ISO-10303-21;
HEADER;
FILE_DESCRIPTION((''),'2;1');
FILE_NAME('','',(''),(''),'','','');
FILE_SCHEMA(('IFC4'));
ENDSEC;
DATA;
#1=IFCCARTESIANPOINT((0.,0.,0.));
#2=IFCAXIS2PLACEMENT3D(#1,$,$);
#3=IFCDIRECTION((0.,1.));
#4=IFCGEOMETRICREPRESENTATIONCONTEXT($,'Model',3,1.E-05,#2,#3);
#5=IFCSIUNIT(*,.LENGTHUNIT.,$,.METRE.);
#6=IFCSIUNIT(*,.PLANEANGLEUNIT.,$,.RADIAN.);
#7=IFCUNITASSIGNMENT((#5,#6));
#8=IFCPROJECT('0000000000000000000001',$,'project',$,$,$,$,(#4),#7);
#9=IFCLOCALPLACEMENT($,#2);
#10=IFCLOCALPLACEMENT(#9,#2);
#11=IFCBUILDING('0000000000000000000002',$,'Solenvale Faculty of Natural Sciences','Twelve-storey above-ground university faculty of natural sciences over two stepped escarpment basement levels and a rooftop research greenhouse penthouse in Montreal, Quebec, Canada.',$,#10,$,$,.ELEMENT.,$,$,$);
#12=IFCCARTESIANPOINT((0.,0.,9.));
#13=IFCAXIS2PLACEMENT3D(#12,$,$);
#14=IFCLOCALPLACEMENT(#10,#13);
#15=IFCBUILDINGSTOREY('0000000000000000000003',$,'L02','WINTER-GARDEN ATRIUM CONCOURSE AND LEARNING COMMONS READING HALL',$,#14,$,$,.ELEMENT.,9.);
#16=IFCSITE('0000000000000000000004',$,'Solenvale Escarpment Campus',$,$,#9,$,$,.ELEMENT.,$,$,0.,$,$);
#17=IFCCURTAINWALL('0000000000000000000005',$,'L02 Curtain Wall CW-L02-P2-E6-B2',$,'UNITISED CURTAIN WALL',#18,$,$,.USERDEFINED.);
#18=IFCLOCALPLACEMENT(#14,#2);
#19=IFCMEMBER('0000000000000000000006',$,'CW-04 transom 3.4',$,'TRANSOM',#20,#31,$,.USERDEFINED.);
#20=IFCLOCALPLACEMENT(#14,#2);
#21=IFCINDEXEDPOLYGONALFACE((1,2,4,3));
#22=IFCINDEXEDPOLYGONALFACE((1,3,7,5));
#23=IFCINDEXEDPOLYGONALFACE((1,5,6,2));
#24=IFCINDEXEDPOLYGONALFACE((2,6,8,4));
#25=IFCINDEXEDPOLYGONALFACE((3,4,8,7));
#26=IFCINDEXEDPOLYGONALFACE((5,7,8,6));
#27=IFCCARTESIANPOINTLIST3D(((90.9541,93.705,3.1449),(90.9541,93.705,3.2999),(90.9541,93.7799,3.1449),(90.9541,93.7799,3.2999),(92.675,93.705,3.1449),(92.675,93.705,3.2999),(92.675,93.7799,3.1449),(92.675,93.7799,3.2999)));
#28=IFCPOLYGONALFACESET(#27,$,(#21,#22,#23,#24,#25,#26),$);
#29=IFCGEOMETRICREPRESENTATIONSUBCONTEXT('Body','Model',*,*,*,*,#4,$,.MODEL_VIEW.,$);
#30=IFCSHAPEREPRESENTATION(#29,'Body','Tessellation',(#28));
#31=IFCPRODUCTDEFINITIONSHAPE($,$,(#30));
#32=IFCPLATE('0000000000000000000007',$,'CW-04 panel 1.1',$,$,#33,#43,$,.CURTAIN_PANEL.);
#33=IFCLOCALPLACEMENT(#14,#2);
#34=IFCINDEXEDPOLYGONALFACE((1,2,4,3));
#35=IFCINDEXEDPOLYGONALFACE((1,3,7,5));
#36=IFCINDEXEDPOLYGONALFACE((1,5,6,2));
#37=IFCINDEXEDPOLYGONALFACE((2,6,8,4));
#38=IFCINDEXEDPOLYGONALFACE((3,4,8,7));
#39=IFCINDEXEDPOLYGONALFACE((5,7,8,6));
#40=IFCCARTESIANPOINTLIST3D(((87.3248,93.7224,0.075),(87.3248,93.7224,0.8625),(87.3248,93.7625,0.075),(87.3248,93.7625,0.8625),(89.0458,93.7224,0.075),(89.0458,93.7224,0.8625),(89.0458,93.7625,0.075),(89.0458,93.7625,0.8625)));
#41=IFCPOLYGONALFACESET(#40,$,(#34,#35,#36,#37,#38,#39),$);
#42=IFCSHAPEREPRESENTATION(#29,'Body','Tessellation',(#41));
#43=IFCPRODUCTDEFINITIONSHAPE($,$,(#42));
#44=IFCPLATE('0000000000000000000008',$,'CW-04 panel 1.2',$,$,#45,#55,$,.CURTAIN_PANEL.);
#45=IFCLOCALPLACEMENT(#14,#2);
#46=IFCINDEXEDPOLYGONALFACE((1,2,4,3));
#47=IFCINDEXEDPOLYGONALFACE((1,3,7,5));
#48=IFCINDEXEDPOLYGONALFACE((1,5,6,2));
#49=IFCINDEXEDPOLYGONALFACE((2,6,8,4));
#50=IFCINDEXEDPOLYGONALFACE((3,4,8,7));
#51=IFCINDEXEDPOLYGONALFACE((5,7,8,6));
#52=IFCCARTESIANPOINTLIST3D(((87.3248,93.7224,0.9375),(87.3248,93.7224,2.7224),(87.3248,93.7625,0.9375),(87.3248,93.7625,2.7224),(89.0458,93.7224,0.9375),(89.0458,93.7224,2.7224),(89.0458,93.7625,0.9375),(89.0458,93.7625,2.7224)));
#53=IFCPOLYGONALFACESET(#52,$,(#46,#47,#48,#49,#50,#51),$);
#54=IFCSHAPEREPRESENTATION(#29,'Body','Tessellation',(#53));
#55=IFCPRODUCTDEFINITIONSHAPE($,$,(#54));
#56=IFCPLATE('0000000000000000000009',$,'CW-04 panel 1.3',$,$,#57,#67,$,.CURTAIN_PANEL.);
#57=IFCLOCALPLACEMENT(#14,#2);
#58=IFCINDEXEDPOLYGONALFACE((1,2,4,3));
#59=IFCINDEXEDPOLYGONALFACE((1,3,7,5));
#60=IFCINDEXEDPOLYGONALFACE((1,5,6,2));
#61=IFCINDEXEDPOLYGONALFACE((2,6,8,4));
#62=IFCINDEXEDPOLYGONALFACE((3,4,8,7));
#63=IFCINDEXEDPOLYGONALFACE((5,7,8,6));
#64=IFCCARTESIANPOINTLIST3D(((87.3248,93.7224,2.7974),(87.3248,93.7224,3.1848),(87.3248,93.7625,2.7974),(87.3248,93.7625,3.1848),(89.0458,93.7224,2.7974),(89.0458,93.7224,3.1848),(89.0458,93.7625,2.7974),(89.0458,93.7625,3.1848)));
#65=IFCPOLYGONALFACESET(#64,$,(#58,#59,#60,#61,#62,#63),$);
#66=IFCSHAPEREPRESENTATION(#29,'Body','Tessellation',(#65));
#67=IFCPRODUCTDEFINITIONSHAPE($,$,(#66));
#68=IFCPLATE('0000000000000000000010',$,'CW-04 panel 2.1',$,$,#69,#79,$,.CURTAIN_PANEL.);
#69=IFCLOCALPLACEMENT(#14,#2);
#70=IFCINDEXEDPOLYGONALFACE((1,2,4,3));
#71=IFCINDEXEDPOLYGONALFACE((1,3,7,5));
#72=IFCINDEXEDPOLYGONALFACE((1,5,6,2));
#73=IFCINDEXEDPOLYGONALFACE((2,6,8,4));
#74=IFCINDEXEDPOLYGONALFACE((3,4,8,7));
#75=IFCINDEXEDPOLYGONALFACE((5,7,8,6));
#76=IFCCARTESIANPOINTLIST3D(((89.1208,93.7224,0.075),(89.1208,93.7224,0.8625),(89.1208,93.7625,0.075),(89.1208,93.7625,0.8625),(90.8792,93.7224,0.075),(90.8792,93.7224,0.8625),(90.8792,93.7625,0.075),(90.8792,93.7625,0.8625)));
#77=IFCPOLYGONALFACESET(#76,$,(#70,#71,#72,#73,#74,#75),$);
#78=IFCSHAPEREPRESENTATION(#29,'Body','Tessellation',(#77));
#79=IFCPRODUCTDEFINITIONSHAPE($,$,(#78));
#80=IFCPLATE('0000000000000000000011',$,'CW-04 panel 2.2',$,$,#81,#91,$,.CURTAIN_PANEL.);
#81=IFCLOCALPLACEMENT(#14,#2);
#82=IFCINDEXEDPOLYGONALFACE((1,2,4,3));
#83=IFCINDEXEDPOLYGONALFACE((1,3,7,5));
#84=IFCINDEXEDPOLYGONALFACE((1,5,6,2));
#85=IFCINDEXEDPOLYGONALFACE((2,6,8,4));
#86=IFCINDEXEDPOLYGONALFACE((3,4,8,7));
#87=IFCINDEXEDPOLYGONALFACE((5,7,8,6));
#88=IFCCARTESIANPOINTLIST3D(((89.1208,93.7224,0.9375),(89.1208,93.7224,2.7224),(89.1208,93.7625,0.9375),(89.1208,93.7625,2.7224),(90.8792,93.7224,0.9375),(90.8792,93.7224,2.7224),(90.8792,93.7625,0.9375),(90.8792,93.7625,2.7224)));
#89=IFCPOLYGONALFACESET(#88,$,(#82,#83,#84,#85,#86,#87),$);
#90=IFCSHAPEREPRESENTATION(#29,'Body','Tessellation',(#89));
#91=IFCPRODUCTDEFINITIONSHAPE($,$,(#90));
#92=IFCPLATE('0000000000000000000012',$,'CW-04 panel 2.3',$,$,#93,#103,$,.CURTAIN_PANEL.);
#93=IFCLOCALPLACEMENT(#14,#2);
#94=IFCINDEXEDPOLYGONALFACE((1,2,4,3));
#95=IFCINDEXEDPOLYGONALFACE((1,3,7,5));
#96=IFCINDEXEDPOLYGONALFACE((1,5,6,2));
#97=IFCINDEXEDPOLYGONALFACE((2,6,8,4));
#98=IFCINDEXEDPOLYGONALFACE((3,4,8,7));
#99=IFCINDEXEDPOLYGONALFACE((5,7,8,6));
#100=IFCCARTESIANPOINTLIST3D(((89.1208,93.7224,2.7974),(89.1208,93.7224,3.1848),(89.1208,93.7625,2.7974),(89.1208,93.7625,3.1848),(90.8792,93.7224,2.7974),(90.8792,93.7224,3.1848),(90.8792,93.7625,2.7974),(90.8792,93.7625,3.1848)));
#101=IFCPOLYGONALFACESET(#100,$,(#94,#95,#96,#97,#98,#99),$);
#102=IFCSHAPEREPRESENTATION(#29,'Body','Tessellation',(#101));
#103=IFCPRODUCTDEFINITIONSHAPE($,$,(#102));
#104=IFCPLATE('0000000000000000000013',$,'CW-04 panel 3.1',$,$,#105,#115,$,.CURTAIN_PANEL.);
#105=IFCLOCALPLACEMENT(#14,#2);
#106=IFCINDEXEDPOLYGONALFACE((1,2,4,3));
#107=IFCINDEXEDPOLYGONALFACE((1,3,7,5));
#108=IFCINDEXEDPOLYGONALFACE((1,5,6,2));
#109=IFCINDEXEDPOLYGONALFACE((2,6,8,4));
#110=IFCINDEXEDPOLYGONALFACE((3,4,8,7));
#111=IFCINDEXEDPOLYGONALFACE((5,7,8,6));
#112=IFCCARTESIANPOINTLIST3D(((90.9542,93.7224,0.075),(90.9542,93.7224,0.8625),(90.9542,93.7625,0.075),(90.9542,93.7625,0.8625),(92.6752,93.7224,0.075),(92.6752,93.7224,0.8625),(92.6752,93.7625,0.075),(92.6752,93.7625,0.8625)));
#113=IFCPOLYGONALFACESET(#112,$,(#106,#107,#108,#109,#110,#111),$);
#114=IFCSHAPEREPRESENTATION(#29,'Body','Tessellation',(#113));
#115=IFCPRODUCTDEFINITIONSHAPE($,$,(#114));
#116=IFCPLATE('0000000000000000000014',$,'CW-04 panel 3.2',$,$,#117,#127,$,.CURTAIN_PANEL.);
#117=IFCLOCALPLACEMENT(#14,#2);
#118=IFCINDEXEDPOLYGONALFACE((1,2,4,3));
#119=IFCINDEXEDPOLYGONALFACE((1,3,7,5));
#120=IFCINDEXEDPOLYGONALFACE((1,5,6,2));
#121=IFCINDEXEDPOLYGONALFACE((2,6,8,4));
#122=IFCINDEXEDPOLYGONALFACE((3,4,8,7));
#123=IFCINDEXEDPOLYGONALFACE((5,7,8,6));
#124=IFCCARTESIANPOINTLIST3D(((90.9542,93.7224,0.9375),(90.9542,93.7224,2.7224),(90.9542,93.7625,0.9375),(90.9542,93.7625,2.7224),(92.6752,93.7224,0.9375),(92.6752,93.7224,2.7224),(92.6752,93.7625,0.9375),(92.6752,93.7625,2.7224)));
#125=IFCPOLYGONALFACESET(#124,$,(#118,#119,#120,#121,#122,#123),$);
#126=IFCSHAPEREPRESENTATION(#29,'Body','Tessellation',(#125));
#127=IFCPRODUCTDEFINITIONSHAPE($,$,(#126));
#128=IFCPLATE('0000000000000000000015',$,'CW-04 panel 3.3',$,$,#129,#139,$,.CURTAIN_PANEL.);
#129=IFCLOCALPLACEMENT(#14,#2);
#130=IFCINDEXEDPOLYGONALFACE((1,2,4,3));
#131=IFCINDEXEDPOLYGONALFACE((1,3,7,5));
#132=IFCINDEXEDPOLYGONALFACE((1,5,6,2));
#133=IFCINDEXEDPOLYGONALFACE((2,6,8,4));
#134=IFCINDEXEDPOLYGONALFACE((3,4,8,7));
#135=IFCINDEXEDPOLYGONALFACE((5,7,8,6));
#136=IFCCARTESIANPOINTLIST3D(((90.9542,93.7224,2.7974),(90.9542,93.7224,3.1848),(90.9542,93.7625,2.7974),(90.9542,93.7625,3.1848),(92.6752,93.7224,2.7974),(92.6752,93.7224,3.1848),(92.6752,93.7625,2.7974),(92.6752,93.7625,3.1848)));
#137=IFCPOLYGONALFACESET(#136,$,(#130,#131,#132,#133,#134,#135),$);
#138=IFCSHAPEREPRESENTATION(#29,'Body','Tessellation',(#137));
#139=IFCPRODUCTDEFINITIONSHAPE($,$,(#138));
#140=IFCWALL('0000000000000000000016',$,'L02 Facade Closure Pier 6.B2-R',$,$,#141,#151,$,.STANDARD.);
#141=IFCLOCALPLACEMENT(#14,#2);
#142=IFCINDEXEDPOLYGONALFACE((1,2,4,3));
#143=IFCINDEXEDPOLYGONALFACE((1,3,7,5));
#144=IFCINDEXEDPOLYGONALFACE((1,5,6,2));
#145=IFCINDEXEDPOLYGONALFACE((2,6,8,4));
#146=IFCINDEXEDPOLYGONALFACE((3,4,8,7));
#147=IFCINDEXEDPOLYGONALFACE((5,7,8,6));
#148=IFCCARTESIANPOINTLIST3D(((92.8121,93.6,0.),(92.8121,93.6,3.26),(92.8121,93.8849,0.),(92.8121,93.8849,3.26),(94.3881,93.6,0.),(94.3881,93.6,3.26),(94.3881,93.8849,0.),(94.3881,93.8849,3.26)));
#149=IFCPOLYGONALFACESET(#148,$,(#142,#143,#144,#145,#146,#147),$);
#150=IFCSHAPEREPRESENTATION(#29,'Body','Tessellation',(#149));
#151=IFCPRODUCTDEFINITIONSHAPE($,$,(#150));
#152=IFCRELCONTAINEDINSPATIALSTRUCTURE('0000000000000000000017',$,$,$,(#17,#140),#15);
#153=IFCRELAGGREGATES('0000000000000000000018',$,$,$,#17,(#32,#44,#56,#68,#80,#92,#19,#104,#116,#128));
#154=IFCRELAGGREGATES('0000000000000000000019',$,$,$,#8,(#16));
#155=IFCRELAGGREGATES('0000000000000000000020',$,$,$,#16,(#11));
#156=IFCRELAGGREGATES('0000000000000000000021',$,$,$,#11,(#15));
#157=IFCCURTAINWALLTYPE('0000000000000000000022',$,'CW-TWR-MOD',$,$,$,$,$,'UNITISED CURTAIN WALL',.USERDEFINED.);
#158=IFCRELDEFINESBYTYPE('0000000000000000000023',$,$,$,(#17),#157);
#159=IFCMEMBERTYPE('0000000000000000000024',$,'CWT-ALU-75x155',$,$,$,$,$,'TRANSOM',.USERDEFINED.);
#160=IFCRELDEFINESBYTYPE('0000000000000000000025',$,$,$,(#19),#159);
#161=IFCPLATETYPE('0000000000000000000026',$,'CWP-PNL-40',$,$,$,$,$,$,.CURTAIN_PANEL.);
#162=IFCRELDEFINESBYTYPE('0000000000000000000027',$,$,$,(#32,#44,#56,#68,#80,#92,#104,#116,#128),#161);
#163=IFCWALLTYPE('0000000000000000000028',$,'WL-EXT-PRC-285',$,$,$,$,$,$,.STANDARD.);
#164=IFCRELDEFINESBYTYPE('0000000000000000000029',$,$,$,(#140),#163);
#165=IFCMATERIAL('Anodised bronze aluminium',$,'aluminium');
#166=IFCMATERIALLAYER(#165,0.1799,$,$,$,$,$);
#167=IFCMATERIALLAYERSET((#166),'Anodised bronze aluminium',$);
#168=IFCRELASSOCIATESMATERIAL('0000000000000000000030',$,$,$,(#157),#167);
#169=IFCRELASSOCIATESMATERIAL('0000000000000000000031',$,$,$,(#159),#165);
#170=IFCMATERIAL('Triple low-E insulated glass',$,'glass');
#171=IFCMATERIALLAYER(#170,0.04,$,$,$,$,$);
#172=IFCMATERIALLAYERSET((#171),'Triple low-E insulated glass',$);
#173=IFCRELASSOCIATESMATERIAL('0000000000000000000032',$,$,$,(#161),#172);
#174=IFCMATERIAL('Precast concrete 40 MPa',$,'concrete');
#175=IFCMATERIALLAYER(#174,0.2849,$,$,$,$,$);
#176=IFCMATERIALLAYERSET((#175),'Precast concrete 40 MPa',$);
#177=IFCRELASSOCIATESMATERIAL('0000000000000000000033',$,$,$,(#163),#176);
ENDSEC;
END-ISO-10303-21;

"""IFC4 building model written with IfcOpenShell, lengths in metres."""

from ifc_helpers import new_model, si_unit, direction, frame, frame_2d, origin, origin_2d, place, context, subcontext, project, spatial, rectangle, extrude, material, layer, layer_set, material_profile, profile_set, type_object, element, aggregate, save


model = new_model("IFC4")

# Units and contexts
model_context = context("Model", 3, precision=1e-05, world=origin(), true_north=direction((0.0, 1.0)))
body_context = subcontext(model_context, "Body", "Model", "MODEL_VIEW")
ifc_project = project(units=[si_unit("LENGTHUNIT", "METRE"), si_unit("PLANEANGLEUNIT", "RADIAN")], contexts=[model_context])

# Site, building, storey
site_placement = place(None, origin())
site = spatial("IfcSite", under=ifc_project, at=site_placement, Name="Solenvale Escarpment Campus", CompositionType="ELEMENT", RefElevation=0.0)
building_placement = place(site_placement, origin())
building = spatial("IfcBuilding", under=site, at=building_placement, Name="Solenvale Faculty of Natural Sciences", Description="Twelve-storey above-ground university faculty of natural sciences over two stepped escarpment basement levels and a rooftop research greenhouse penthouse in Montreal, Quebec, Canada.", CompositionType="ELEMENT")
storey_placement = place(building_placement, frame((0.0, 0.0, 9.0)))
storey = spatial("IfcBuildingStorey", under=building, at=storey_placement, Name="L02", Description="WINTER-GARDEN ATRIUM CONCOURSE AND LEARNING COMMONS READING HALL", CompositionType="ELEMENT", Elevation=9.0)

# Curtain wall, member, plates
ifc_material_1 = material(Name="Anodised bronze aluminium", Category="aluminium")
ifc_layer_1 = layer(ifc_material_1, 0.1799)
ifc_layer_set_1 = layer_set([ifc_layer_1], Name="Anodised bronze aluminium")
curtain_wall_type = type_object("IfcCurtainWallType", Name="CW-TWR-MOD", ElementType="UNITISED CURTAIN WALL", PredefinedType="USERDEFINED", material=ifc_layer_set_1)
curtain_wall_placement = place(storey_placement, origin())
curtain_wall = element("IfcCurtainWall", 1, at=curtain_wall_placement, inside=storey, type_object=curtain_wall_type, Name="L02 Curtain Wall CW-L02-P2-E6-B2", ObjectType="UNITISED CURTAIN WALL", PredefinedType="USERDEFINED")
ifc_material_profile_1 = material_profile(ifc_material_1, rectangle(XDim=0.075, YDim=0.155, at=origin_2d()), Name="ALU-TRN-75x155")
ifc_profile_set_1 = profile_set([ifc_material_profile_1], Name="Anodised bronze aluminium")
member_type_1 = type_object("IfcMemberType", Name="CWT-ALU-75x155", ElementType="TRANSOM", PredefinedType="USERDEFINED", material=ifc_profile_set_1)
member_1_placement = place(storey_placement, frame((90.9541, 93.7424, 3.2224), z_axis=(1.0, 0.0, 0.0), x_axis=(0.0, 1.0, 0.0)))
member_1 = element("IfcMember", 2, at=member_1_placement, type_object=member_type_1, Name="CW-04 transom 3.4", ObjectType="TRANSOM", PredefinedType="USERDEFINED", context=body_context, shape_type="SweptSolid", body=[
    extrude(rectangle(XDim=0.075, YDim=0.155, at=origin_2d()), origin(), (0.0, 0.0, 1.0), 1.7209),
])
ifc_material_2 = material(Name="Triple low-E insulated glass", Category="glass")
ifc_layer_2 = layer(ifc_material_2, 0.04)
ifc_layer_set_2 = layer_set([ifc_layer_2], Name="Triple low-E insulated glass")
plate_type = type_object("IfcPlateType", Name="CWP-PNL-40", PredefinedType="CURTAIN_PANEL", material=ifc_layer_set_2)
plate_1_placement = place(storey_placement, frame((88.1853, 93.7424, 0.075), z_axis=(0.0, 0.0, 1.0), x_axis=(1.0, 0.0, 0.0)))
plate_1 = element("IfcPlate", 3, at=plate_1_placement, type_object=plate_type, Name="CW-04 panel 1.1", PredefinedType="CURTAIN_PANEL", context=body_context, shape_type="SweptSolid", body=[
    extrude(rectangle(XDim=1.7209, YDim=0.04, at=origin_2d()), origin(), (0.0, 0.0, 1.0), 0.7876),
])
plate_2_placement = place(storey_placement, frame((88.1853, 93.7424, 0.9375), z_axis=(0.0, 0.0, 1.0), x_axis=(1.0, 0.0, 0.0)))
plate_2 = element("IfcPlate", 4, at=plate_2_placement, type_object=plate_type, Name="CW-04 panel 1.2", PredefinedType="CURTAIN_PANEL", context=body_context, shape_type="SweptSolid", body=[
    extrude(rectangle(XDim=1.7209, YDim=0.04, at=origin_2d()), origin(), (0.0, 0.0, 1.0), 1.7849),
])
plate_3_placement = place(storey_placement, frame((88.1853, 93.7424, 2.7974), z_axis=(0.0, 0.0, 1.0), x_axis=(1.0, 0.0, 0.0)))
plate_3 = element("IfcPlate", 5, at=plate_3_placement, type_object=plate_type, Name="CW-04 panel 1.3", PredefinedType="CURTAIN_PANEL", context=body_context, shape_type="SweptSolid", body=[
    extrude(rectangle(XDim=1.7209, YDim=0.04, at=origin_2d()), origin(), (0.0, 0.0, 1.0), 0.3875),
])
plate_4_placement = place(storey_placement, frame((90.0, 93.7424, 0.075), z_axis=(0.0, 0.0, 1.0), x_axis=(1.0, 0.0, 0.0)))
plate_4 = element("IfcPlate", 6, at=plate_4_placement, type_object=plate_type, Name="CW-04 panel 2.1", PredefinedType="CURTAIN_PANEL", context=body_context, shape_type="SweptSolid", body=[
    extrude(rectangle(XDim=1.7583, YDim=0.04, at=origin_2d()), origin(), (0.0, 0.0, 1.0), 0.7876),
])
plate_5_placement = place(storey_placement, frame((90.0, 93.7424, 0.9375), z_axis=(0.0, 0.0, 1.0), x_axis=(1.0, 0.0, 0.0)))
plate_5 = element("IfcPlate", 7, at=plate_5_placement, type_object=plate_type, Name="CW-04 panel 2.2", PredefinedType="CURTAIN_PANEL", context=body_context, shape_type="SweptSolid", body=[
    extrude(rectangle(XDim=1.7583, YDim=0.04, at=origin_2d()), origin(), (0.0, 0.0, 1.0), 1.7849),
])
plate_6_placement = place(storey_placement, frame((90.0, 93.7424, 2.7974), z_axis=(0.0, 0.0, 1.0), x_axis=(1.0, 0.0, 0.0)))
plate_6 = element("IfcPlate", 8, at=plate_6_placement, type_object=plate_type, Name="CW-04 panel 2.3", PredefinedType="CURTAIN_PANEL", context=body_context, shape_type="SweptSolid", body=[
    extrude(rectangle(XDim=1.7583, YDim=0.04, at=origin_2d()), origin(), (0.0, 0.0, 1.0), 0.3875),
])
plate_7_placement = place(storey_placement, frame((91.8147, 93.7424, 0.075), z_axis=(0.0, 0.0, 1.0), x_axis=(1.0, 0.0, 0.0)))
plate_7 = element("IfcPlate", 9, at=plate_7_placement, type_object=plate_type, Name="CW-04 panel 3.1", PredefinedType="CURTAIN_PANEL", context=body_context, shape_type="SweptSolid", body=[
    extrude(rectangle(XDim=1.7209, YDim=0.04, at=origin_2d()), origin(), (0.0, 0.0, 1.0), 0.7876),
])
plate_8_placement = place(storey_placement, frame((91.8147, 93.7424, 0.9375), z_axis=(0.0, 0.0, 1.0), x_axis=(1.0, 0.0, 0.0)))
plate_8 = element("IfcPlate", 10, at=plate_8_placement, type_object=plate_type, Name="CW-04 panel 3.2", PredefinedType="CURTAIN_PANEL", context=body_context, shape_type="SweptSolid", body=[
    extrude(rectangle(XDim=1.7209, YDim=0.04, at=origin_2d()), origin(), (0.0, 0.0, 1.0), 1.7849),
])
plate_9_placement = place(storey_placement, frame((91.8147, 93.7424, 2.7974), z_axis=(0.0, 0.0, 1.0), x_axis=(1.0, 0.0, 0.0)))
plate_9 = element("IfcPlate", 11, at=plate_9_placement, type_object=plate_type, Name="CW-04 panel 3.3", PredefinedType="CURTAIN_PANEL", context=body_context, shape_type="SweptSolid", body=[
    extrude(rectangle(XDim=1.7209, YDim=0.04, at=origin_2d()), origin(), (0.0, 0.0, 1.0), 0.3875),
])
aggregate(curtain_wall, [plate_1, plate_2, plate_3, plate_4, plate_5, plate_6, member_1, plate_7, plate_8, plate_9])

# Wall
ifc_material_3 = material(Name="Precast concrete 40 MPa", Category="concrete")
ifc_layer_3 = layer(ifc_material_3, 0.2849)
ifc_layer_set_3 = layer_set([ifc_layer_3], Name="Precast concrete 40 MPa")
wall_type = type_object("IfcWallType", Name="WL-EXT-PRC-285", PredefinedType="STANDARD", material=ifc_layer_set_3)
wall_placement = place(storey_placement, frame((92.812, 93.7424, 0.0), z_axis=(0.0, 0.0, 1.0), x_axis=(1.0, 0.0, 0.0)))
element("IfcWall", 12, at=wall_placement, inside=storey, type_object=wall_type, Name="L02 Facade Closure Pier 6.B2-R", PredefinedType="STANDARD", context=body_context, shape_type="SweptSolid", body=[
    extrude(rectangle(XDim=1.5759, YDim=0.2849, at=frame_2d((0.7881, 0.0))), origin(), (0.0, 0.0, 1.0), 3.26),
])

save(model, "model.ifc")
